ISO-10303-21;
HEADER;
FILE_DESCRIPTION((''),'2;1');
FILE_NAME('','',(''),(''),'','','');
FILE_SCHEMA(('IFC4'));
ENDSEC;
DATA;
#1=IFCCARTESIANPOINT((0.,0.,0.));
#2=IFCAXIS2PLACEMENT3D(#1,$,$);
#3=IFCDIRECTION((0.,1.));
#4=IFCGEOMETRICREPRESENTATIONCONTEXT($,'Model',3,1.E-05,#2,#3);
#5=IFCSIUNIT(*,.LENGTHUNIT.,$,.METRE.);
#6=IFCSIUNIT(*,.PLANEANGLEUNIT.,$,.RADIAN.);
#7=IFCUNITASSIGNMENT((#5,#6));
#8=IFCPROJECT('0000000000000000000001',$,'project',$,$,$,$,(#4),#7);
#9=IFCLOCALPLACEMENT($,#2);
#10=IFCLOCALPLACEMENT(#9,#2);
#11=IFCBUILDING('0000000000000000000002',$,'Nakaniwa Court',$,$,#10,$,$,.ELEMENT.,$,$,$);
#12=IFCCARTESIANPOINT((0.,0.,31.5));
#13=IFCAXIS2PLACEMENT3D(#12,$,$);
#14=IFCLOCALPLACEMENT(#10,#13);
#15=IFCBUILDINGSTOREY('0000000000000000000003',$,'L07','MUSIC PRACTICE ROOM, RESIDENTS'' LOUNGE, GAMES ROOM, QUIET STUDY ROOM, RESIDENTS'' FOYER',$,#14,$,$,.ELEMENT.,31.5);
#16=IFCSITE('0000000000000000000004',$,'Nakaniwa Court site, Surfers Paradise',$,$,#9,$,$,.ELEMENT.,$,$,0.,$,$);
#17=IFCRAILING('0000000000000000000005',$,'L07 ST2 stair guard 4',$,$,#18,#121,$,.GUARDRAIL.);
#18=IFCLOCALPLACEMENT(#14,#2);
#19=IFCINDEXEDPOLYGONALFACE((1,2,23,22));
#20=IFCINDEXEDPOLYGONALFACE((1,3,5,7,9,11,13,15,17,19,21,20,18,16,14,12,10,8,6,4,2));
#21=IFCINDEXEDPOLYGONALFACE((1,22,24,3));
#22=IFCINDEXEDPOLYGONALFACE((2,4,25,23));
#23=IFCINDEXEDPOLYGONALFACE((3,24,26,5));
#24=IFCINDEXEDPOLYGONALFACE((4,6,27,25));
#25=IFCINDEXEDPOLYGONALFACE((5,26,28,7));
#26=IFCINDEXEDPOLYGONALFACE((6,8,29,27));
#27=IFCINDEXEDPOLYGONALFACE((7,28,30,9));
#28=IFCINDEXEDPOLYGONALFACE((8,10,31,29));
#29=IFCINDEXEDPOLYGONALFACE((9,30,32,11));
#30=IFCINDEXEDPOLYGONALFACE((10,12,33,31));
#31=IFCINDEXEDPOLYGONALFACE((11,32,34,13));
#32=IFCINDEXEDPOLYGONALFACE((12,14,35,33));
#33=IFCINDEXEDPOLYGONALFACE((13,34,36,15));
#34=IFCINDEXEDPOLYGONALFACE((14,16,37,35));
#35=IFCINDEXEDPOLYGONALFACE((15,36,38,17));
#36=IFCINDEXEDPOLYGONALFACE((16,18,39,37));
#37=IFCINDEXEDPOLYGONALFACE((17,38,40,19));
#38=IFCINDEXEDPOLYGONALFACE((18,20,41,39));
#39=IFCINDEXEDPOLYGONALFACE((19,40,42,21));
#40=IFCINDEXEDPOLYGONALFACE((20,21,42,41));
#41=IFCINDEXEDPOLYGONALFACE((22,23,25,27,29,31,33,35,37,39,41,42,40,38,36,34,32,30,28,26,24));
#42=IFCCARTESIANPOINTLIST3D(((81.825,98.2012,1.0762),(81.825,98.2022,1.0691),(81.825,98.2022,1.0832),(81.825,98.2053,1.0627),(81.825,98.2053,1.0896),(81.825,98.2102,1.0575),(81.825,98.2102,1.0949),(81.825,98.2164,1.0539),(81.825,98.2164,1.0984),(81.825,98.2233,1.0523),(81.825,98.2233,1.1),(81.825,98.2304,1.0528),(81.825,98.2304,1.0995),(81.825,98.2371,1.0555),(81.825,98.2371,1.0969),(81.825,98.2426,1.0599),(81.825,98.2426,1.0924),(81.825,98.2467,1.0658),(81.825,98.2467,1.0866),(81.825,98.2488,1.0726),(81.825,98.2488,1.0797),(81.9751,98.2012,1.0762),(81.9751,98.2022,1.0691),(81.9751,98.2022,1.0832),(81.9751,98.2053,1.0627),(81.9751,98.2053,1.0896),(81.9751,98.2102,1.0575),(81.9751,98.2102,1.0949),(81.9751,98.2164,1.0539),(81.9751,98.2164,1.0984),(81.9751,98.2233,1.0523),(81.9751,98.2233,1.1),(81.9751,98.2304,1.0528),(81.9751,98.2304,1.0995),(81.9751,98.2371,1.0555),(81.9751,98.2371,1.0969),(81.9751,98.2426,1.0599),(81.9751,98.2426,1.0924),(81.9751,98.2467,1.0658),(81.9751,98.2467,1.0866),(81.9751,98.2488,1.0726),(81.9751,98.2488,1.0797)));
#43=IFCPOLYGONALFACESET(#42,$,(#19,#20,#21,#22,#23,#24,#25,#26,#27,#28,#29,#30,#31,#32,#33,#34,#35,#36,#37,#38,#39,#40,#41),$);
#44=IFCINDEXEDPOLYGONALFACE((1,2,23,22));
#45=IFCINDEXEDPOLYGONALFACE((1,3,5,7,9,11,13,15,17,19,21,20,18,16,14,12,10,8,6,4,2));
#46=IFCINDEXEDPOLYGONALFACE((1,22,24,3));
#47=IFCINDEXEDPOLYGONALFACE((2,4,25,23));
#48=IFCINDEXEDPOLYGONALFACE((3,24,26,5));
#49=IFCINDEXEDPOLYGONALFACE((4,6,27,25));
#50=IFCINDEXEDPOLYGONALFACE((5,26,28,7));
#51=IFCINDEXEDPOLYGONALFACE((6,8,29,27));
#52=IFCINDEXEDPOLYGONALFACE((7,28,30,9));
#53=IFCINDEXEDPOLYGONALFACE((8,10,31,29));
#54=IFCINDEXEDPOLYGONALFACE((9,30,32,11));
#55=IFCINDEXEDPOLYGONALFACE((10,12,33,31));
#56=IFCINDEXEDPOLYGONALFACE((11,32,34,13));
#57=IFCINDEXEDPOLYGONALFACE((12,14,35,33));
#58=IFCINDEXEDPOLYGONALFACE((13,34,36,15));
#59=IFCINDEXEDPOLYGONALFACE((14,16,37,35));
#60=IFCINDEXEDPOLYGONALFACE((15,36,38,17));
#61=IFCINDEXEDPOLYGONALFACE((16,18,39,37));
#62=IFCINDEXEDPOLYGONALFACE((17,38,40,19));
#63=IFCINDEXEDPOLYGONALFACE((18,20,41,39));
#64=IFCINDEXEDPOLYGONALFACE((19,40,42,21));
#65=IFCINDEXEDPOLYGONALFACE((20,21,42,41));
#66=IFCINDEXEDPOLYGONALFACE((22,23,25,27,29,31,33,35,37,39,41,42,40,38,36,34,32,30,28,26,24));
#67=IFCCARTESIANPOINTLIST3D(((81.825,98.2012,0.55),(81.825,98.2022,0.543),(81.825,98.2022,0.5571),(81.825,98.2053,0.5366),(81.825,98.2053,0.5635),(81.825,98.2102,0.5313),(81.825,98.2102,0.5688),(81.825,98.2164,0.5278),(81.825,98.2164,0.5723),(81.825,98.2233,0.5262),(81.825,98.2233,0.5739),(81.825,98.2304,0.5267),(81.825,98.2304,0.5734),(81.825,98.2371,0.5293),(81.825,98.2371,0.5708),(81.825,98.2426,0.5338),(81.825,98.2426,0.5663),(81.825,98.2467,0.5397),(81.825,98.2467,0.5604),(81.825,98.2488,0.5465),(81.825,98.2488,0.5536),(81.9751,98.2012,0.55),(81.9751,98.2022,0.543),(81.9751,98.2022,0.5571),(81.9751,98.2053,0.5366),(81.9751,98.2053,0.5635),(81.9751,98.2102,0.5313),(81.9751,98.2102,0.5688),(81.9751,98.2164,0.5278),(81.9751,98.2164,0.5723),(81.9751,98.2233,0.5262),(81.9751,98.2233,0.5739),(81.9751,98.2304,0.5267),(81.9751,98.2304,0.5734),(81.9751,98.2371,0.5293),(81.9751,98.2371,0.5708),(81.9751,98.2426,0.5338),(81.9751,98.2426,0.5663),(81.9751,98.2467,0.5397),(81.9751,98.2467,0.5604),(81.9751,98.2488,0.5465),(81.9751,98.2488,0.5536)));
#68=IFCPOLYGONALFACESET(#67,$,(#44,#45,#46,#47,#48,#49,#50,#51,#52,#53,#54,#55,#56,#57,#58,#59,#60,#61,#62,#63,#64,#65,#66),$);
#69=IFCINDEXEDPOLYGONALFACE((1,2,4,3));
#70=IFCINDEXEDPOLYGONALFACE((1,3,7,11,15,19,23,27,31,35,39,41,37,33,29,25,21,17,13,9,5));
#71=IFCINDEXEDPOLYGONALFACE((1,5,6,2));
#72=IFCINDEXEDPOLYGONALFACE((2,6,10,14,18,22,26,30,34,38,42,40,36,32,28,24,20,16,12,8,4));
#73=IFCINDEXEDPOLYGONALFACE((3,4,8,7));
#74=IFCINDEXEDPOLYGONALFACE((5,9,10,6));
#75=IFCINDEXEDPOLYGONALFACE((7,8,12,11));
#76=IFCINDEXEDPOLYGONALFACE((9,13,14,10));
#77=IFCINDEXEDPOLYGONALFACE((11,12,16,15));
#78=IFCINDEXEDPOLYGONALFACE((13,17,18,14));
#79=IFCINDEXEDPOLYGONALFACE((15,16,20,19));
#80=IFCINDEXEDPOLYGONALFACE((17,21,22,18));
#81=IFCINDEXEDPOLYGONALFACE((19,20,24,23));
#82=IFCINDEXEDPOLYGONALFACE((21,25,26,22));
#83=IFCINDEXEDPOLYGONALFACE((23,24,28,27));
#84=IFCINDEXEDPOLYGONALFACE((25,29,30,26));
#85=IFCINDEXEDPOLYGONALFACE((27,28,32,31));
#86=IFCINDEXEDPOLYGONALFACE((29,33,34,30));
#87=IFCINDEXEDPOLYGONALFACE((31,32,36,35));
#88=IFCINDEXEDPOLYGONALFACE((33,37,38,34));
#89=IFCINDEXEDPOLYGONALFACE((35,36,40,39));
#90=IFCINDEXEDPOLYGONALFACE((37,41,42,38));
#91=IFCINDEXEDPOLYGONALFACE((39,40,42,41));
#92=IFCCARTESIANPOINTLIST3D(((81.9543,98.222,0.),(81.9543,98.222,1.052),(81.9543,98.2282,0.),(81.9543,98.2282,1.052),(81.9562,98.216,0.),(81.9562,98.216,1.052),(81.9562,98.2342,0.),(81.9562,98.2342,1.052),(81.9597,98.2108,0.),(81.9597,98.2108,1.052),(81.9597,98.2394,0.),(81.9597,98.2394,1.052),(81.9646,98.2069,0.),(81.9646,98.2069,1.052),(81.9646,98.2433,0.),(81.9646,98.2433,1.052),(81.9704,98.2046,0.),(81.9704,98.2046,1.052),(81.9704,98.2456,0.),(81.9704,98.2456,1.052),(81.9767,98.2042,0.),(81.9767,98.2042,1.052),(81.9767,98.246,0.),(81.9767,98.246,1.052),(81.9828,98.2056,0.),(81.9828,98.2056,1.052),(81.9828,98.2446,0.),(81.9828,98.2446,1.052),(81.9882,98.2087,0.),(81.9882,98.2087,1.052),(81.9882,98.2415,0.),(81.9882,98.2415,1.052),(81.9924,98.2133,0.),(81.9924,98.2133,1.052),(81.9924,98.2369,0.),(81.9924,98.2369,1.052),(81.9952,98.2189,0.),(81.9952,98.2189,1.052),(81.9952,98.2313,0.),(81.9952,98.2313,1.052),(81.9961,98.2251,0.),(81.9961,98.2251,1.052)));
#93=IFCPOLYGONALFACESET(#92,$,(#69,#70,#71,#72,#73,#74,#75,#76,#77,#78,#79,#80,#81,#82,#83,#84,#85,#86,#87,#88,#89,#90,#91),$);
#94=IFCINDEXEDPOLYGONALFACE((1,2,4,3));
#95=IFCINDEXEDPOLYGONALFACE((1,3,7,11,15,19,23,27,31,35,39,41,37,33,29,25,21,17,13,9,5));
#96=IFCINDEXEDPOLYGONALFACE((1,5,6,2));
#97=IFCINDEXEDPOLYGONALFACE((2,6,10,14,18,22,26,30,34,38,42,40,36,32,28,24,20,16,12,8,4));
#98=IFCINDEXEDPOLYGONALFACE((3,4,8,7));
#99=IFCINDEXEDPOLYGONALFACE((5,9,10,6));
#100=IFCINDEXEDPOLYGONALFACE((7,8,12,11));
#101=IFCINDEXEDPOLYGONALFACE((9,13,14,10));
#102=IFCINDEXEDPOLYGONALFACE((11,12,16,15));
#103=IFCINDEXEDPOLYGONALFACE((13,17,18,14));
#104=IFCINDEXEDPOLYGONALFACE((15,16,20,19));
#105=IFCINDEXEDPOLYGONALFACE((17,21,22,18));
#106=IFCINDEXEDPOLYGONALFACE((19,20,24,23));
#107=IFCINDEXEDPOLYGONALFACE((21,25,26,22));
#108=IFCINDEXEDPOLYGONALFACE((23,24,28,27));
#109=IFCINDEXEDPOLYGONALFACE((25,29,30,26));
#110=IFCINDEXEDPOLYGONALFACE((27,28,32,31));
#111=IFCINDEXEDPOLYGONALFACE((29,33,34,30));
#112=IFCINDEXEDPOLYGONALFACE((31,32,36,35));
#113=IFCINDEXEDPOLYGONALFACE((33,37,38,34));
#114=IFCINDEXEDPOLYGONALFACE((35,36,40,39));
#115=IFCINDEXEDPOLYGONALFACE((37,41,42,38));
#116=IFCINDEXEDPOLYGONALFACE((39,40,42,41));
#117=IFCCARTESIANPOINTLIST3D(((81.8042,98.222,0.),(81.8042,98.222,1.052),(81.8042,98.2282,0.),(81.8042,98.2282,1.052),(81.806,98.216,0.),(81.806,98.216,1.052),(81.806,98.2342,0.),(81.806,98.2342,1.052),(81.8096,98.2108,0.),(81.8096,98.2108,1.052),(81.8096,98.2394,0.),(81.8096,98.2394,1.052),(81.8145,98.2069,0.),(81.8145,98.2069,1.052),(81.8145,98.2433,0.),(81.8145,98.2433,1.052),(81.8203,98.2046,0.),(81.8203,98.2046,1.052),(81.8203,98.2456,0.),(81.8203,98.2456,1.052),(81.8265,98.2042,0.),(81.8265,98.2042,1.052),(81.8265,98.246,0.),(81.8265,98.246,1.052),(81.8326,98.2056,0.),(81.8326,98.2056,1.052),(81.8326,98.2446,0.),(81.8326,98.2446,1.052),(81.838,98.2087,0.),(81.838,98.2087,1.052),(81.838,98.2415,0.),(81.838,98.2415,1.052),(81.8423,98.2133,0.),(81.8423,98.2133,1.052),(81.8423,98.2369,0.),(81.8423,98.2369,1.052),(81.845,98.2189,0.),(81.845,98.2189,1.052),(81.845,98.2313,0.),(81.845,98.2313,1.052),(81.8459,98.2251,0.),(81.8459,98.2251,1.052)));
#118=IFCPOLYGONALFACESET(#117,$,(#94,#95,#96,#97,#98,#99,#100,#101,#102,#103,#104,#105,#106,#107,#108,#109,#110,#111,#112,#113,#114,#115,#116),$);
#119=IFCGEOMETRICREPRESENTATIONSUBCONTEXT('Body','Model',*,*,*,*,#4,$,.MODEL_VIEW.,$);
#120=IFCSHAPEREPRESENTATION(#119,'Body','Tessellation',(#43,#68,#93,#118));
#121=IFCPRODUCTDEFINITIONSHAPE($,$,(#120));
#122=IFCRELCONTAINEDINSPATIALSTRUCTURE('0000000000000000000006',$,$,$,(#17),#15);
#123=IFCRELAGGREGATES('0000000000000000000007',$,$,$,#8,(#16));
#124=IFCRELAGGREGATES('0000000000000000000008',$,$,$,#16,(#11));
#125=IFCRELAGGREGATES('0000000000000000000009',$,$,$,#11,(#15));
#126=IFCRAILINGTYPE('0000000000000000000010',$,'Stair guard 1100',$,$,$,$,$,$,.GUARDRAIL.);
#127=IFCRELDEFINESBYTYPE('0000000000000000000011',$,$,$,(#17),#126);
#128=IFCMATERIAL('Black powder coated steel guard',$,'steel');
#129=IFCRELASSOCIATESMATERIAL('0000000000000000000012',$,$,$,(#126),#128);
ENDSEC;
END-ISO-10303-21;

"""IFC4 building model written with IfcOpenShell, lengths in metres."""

from ifc_helpers import new_model, si_unit, direction, frame, origin, origin_2d, place, context, subcontext, project, spatial, circle, extrude, material, type_object, element, save


model = new_model("IFC4")

# Units and contexts
model_context = context("Model", 3, precision=1e-05, world=origin(), true_north=direction((0.0, 1.0)))
body_context = subcontext(model_context, "Body", "Model", "MODEL_VIEW")
ifc_project = project(units=[si_unit("LENGTHUNIT", "METRE"), si_unit("PLANEANGLEUNIT", "RADIAN")], contexts=[model_context])

# Site, building, storey
site_placement = place(None, origin())
site = spatial("IfcSite", under=ifc_project, at=site_placement, Name="Nakaniwa Court site, Surfers Paradise", CompositionType="ELEMENT", RefElevation=0.0)
building_placement = place(site_placement, origin())
building = spatial("IfcBuilding", under=site, at=building_placement, Name="Nakaniwa Court", CompositionType="ELEMENT")
storey_placement = place(building_placement, frame((0.0, 0.0, 31.5)))
storey = spatial("IfcBuildingStorey", under=building, at=storey_placement, Name="L07", Description="MUSIC PRACTICE ROOM, RESIDENTS' LOUNGE, GAMES ROOM, QUIET STUDY ROOM, RESIDENTS' FOYER", CompositionType="ELEMENT", Elevation=31.5)

# Railing
ifc_material_1 = material(Name="Black powder coated steel guard", Category="steel")
railing_type_1 = type_object("IfcRailingType", Name="Stair guard 1100", PredefinedType="GUARDRAIL", material=ifc_material_1)
railing_1_placement = place(storey_placement, frame((81.9751, 98.2251, 0.0)))
element("IfcRailing", 1, at=railing_1_placement, inside=storey, type_object=railing_type_1, Name="L07 ST2 stair guard 4", PredefinedType="GUARDRAIL", context=body_context, shape_type="SweptSolid", body=[
    extrude(circle(Radius=0.0239, at=origin_2d()), frame((0.0, 0.0, 1.0762), z_axis=(-1.0, 0.0, 0.0), x_axis=(0.0, -1.0, 0.0)), (0.0, 0.0, 1.0), 0.1501),
    extrude(circle(Radius=0.0239, at=origin_2d()), frame((0.0, 0.0, 0.55), z_axis=(-1.0, 0.0, 0.0), x_axis=(0.0, -1.0, 0.0)), (0.0, 0.0, 1.0), 0.1501),
    extrude(circle(Radius=0.021, at=origin_2d()), origin(), (0.0, 0.0, 1.0), 1.052),
    extrude(circle(Radius=0.021, at=origin_2d()), frame((-0.1501, 0.0, 0.0)), (0.0, 0.0, 1.0), 1.052),
])

save(model, "model.ifc")
